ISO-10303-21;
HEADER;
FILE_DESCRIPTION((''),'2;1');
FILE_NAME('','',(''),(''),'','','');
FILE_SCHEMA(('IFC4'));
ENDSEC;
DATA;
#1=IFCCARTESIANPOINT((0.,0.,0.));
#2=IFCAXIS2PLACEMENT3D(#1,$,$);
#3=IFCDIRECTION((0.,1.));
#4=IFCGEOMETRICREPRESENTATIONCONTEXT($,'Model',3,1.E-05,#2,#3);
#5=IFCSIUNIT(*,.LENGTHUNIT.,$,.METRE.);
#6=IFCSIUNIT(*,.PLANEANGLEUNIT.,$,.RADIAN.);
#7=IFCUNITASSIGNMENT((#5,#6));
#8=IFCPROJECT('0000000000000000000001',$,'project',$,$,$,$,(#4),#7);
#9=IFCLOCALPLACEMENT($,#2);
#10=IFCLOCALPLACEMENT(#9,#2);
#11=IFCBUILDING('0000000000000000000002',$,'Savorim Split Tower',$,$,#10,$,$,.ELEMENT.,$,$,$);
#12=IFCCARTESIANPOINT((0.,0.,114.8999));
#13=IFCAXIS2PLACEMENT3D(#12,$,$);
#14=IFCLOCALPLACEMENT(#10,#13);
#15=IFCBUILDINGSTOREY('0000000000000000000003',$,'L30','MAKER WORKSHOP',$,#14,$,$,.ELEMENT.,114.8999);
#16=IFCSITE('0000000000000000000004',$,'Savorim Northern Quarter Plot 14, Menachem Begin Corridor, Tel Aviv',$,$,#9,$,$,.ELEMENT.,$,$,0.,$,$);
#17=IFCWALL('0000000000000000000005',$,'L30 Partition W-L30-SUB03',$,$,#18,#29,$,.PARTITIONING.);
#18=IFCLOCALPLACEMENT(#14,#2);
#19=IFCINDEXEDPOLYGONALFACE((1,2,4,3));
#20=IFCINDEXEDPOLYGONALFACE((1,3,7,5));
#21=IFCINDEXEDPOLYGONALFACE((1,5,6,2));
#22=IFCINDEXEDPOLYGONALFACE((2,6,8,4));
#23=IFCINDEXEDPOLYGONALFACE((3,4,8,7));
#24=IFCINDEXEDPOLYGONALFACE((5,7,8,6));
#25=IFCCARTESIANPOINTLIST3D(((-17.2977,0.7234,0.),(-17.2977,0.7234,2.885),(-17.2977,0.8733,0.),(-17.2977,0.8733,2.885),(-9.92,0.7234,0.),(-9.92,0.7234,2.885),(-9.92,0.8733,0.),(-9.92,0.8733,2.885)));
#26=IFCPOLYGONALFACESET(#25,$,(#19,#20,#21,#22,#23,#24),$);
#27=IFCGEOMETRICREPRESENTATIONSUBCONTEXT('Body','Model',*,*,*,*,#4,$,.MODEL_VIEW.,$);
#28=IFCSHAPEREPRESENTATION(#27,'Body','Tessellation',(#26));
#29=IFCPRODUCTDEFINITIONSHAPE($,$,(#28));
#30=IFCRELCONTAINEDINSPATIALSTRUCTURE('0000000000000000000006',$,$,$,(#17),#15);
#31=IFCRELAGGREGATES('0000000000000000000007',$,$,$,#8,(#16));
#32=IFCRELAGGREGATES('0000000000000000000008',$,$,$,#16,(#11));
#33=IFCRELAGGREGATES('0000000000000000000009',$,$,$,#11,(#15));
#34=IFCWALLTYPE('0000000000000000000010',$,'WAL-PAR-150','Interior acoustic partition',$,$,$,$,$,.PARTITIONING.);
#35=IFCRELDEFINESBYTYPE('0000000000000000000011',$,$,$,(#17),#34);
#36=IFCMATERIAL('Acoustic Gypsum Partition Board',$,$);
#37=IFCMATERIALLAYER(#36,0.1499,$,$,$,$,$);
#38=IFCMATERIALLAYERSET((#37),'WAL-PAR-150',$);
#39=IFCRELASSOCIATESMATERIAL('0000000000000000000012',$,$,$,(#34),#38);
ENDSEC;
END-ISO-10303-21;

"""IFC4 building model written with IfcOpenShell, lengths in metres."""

from ifc_helpers import new_model, si_unit, direction, frame, frame_2d, origin, place, context, subcontext, project, spatial, rectangle, extrude, material, layer, layer_set, type_object, element, save


model = new_model("IFC4")

# Units and contexts
model_context = context("Model", 3, precision=1e-05, world=origin(), true_north=direction((0.0, 1.0)))
body_context = subcontext(model_context, "Body", "Model", "MODEL_VIEW")
ifc_project = project(units=[si_unit("LENGTHUNIT", "METRE"), si_unit("PLANEANGLEUNIT", "RADIAN")], contexts=[model_context])

# Site, building, storey
site_placement = place(None, origin())
site = spatial("IfcSite", under=ifc_project, at=site_placement, Name="Savorim Northern Quarter Plot 14, Menachem Begin Corridor, Tel Aviv", CompositionType="ELEMENT", RefElevation=0.0)
building_placement = place(site_placement, origin())
building = spatial("IfcBuilding", under=site, at=building_placement, Name="Savorim Split Tower", CompositionType="ELEMENT")
storey_placement = place(building_placement, frame((0.0, 0.0, 114.8999)))
storey = spatial("IfcBuildingStorey", under=building, at=storey_placement, Name="L30", Description="MAKER WORKSHOP", CompositionType="ELEMENT", Elevation=114.8999)

# Wall
ifc_material_1 = material(Name="Acoustic Gypsum Partition Board")
ifc_layer_1 = layer(ifc_material_1, 0.1499)
ifc_layer_set_1 = layer_set([ifc_layer_1], Name="WAL-PAR-150")
wall_type_1 = type_object("IfcWallType", Name="WAL-PAR-150", Description="Interior acoustic partition", PredefinedType="PARTITIONING", material=ifc_layer_set_1)
wall_1_placement = place(storey_placement, frame((-9.9199, 0.7983, 0.0), z_axis=(0.0, 0.0, 1.0), x_axis=(-1.0, 0.0, 0.0)))
element("IfcWall", 1, at=wall_1_placement, inside=storey, type_object=wall_type_1, Name="L30 Partition W-L30-SUB03", PredefinedType="PARTITIONING", context=body_context, shape_type="SweptSolid", body=[
    extrude(rectangle(XDim=7.3777, YDim=0.1499, at=frame_2d((3.689, 0.0))), origin(), (0.0, 0.0, 1.0), 2.885),
])

save(model, "model.ifc")
